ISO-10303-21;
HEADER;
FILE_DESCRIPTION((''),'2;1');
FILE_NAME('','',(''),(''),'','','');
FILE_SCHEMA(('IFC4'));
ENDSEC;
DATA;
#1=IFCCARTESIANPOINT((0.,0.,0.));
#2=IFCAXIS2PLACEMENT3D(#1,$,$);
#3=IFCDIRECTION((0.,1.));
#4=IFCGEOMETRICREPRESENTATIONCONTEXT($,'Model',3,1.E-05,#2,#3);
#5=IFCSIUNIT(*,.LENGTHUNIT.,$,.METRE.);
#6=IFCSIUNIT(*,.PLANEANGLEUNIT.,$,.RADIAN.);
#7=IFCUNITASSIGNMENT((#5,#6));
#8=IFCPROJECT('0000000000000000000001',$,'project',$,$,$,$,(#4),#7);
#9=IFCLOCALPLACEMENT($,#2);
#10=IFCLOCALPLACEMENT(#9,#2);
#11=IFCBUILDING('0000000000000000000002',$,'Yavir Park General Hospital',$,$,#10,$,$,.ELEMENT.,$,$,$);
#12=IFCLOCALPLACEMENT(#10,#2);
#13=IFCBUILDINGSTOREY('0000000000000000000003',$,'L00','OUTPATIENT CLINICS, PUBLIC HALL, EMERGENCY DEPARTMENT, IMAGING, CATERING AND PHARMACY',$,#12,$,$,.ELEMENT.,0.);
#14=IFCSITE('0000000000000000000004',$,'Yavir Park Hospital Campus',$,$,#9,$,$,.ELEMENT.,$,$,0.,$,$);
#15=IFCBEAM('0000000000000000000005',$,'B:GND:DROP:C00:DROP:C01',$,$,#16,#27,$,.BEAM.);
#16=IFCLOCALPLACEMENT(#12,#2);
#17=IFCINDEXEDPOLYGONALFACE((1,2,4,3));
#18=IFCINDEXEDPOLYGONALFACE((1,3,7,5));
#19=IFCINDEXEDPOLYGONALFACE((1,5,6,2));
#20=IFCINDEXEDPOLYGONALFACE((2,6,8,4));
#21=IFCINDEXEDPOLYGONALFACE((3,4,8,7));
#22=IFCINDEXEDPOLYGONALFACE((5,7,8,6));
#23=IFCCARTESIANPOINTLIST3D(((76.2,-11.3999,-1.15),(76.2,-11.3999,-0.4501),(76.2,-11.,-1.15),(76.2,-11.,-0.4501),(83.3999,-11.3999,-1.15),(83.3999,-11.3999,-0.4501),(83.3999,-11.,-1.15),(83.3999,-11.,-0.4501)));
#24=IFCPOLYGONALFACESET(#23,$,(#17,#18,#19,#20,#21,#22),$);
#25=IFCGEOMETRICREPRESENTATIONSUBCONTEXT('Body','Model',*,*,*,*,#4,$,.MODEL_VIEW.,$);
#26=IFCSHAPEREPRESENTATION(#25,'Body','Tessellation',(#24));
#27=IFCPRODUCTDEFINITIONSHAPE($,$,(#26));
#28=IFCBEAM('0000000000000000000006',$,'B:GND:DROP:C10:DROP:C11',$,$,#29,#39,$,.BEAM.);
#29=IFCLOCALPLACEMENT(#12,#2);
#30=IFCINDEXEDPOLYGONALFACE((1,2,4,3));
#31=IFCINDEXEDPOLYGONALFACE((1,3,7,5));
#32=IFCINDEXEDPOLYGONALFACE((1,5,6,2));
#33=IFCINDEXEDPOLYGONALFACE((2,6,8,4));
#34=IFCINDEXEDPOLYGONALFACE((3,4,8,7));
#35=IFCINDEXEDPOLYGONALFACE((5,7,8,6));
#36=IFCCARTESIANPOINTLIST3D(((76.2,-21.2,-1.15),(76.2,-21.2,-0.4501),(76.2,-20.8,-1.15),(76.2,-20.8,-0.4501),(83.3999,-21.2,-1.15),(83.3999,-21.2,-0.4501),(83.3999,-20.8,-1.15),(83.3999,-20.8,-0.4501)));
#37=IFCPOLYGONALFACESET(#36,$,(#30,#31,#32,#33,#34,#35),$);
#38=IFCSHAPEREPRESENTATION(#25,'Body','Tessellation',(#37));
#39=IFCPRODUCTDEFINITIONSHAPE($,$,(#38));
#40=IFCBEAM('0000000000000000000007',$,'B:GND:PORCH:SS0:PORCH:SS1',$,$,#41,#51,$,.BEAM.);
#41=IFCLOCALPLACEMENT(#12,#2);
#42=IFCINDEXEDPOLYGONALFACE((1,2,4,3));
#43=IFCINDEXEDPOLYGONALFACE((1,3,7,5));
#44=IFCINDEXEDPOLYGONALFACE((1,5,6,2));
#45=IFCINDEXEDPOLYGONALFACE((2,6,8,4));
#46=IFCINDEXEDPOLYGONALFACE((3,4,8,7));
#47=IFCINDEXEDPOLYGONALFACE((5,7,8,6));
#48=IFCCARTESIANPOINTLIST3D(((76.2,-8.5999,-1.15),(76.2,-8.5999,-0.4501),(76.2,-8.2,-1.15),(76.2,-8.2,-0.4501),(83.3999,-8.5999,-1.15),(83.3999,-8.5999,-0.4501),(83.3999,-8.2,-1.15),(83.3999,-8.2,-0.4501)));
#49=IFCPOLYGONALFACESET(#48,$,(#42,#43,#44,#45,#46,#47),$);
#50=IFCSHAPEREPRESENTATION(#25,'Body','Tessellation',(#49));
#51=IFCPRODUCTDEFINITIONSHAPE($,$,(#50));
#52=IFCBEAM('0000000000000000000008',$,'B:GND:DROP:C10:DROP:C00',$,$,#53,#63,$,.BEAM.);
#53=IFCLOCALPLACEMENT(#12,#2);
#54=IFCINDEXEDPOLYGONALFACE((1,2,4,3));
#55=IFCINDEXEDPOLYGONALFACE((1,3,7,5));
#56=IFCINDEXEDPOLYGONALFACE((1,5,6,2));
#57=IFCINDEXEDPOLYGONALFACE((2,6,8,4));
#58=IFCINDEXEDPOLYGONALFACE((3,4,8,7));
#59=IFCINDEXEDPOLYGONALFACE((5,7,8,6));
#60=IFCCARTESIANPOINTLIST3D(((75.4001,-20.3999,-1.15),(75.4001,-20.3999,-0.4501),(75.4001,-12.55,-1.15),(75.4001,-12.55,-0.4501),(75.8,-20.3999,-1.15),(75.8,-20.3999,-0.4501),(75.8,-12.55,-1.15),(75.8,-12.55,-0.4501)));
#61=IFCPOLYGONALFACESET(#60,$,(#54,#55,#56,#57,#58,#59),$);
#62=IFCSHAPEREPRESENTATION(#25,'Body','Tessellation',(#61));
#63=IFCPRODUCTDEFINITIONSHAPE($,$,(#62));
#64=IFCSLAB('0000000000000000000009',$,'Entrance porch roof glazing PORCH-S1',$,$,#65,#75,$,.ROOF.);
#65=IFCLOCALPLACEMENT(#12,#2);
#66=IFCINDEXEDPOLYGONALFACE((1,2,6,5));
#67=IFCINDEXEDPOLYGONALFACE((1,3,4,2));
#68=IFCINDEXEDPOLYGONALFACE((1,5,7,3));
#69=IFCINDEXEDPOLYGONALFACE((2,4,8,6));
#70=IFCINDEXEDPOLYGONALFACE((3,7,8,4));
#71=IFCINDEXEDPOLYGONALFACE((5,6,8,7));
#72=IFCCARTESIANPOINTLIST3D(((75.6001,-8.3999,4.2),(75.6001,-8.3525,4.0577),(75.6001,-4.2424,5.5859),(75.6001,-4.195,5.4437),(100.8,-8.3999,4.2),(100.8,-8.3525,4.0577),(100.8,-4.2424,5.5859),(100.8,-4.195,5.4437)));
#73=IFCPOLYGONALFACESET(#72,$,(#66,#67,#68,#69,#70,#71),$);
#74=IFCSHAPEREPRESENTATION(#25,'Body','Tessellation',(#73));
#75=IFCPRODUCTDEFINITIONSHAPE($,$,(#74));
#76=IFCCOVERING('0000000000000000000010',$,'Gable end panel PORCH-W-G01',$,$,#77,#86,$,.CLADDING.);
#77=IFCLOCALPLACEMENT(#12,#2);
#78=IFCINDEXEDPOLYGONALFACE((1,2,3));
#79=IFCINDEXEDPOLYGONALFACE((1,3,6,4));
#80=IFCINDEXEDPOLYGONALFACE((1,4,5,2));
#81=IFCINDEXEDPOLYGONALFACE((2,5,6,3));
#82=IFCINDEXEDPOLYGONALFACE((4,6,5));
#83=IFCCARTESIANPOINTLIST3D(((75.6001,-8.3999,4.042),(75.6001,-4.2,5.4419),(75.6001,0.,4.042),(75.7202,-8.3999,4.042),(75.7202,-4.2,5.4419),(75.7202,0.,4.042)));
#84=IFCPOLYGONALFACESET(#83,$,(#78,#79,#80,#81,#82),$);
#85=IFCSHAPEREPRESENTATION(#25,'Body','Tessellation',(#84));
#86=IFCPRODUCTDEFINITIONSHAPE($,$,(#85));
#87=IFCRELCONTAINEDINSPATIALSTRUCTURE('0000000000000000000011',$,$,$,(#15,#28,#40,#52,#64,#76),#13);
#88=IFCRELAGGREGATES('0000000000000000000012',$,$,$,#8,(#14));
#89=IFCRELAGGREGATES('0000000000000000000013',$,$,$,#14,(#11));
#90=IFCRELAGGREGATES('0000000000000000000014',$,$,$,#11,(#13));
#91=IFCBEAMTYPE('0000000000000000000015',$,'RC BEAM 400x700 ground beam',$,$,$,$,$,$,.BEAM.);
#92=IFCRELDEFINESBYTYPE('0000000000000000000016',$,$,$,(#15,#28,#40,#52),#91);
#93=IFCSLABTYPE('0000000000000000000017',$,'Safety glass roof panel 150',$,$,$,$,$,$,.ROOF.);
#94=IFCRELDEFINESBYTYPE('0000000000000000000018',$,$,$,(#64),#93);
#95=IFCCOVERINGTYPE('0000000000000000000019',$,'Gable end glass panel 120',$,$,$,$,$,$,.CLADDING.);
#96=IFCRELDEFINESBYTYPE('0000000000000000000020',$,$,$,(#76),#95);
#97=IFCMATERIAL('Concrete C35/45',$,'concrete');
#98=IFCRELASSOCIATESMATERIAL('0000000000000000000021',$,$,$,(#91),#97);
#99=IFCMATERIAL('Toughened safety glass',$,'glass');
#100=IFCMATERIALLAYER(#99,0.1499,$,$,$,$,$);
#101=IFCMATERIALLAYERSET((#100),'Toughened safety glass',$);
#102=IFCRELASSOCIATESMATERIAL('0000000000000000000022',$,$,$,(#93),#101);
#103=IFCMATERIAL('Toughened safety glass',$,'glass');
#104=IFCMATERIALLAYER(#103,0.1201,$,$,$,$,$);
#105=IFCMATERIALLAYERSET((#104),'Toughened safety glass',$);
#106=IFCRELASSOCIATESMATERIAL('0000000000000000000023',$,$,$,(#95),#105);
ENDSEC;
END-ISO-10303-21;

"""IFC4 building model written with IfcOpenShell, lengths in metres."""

from ifc_helpers import new_model, si_unit, direction, frame, origin, origin_2d, place, context, subcontext, project, spatial, polyline, rectangle, outline, extrude, material, layer, layer_set, material_profile, profile_set, type_object, element, save


model = new_model("IFC4")

# Units and contexts
model_context = context("Model", 3, precision=1e-05, world=origin(), true_north=direction((0.0, 1.0)))
body_context = subcontext(model_context, "Body", "Model", "MODEL_VIEW")
ifc_project = project(units=[si_unit("LENGTHUNIT", "METRE"), si_unit("PLANEANGLEUNIT", "RADIAN")], contexts=[model_context])

# Site, building, storey
site_placement = place(None, origin())
site = spatial("IfcSite", under=ifc_project, at=site_placement, Name="Yavir Park Hospital Campus", CompositionType="ELEMENT", RefElevation=0.0)
building_placement = place(site_placement, origin())
building = spatial("IfcBuilding", under=site, at=building_placement, Name="Yavir Park General Hospital", CompositionType="ELEMENT")
storey_placement = place(building_placement, origin())
storey = spatial("IfcBuildingStorey", under=building, at=storey_placement, Name="L00", Description="OUTPATIENT CLINICS, PUBLIC HALL, EMERGENCY DEPARTMENT, IMAGING, CATERING AND PHARMACY", CompositionType="ELEMENT", Elevation=0.0)

# Beams
ifc_material_1 = material(Name="Concrete C35/45", Category="concrete")
ifc_material_profile_1 = material_profile(ifc_material_1, rectangle(XDim=0.3999, YDim=0.7, at=origin_2d()), Name="RC400x700")
ifc_profile_set_1 = profile_set([ifc_material_profile_1], Name="Concrete C35/45")
beam_type_1 = type_object("IfcBeamType", Name="RC BEAM 400x700 ground beam", PredefinedType="BEAM", material=ifc_profile_set_1)
for number, where, z_axis, x_axis, name in (
    (1, (76.2, -11.2, -0.8), (1.0, 0.0, 0.0), (0.0, 1.0, 0.0), "B:GND:DROP:C00:DROP:C01"),
    (2, (76.2, -21.0, -0.8), (1.0, 0.0, 0.0), (0.0, 1.0, 0.0), "B:GND:DROP:C10:DROP:C11"),
    (3, (76.2, -8.3999, -0.8), (1.0, 0.0, 0.0), (0.0, 1.0, 0.0), "B:GND:PORCH:SS0:PORCH:SS1"),
):
    element("IfcBeam", number, at=place(storey_placement, frame(where, z_axis=z_axis, x_axis=x_axis)), inside=storey, type_object=beam_type_1, Name=name, PredefinedType="BEAM", context=body_context, shape_type="SweptSolid", body=[
        extrude(rectangle(XDim=0.3999, YDim=0.7, at=origin_2d()), origin(), (0.0, 0.0, 1.0), 7.2),
    ])
beam_1_placement = place(storey_placement, frame((75.6001, -20.3999, -0.8), z_axis=(0.0, 1.0, 0.0), x_axis=(-1.0, 0.0, 0.0)))
element("IfcBeam", 4, at=beam_1_placement, inside=storey, type_object=beam_type_1, Name="B:GND:DROP:C10:DROP:C00", PredefinedType="BEAM", context=body_context, shape_type="SweptSolid", body=[
    extrude(rectangle(XDim=0.3999, YDim=0.7, at=origin_2d()), origin(), (0.0, 0.0, 1.0), 7.8499),
])

# Slab
ifc_material_2 = material(Name="Toughened safety glass", Category="glass")
ifc_layer_1 = layer(ifc_material_2, 0.1499)
ifc_layer_set_1 = layer_set([ifc_layer_1], Name="Toughened safety glass")
slab_type = type_object("IfcSlabType", Name="Safety glass roof panel 150", PredefinedType="ROOF", material=ifc_layer_set_1)
slab_placement = place(storey_placement, frame((75.6001, -8.3999, 4.2), z_axis=(0.0, -0.316261, 0.948672), x_axis=(1.0, 0.0, 0.0)))
element("IfcSlab", 5, at=slab_placement, inside=storey, type_object=slab_type, Name="Entrance porch roof glazing PORCH-S1", PredefinedType="ROOF", context=body_context, shape_type="SweptSolid", body=[
    extrude(outline(polyline([(0.0, 0.0), (25.2, 0.0), (25.2, 4.3824), (0.0, 4.3824), (0.0, 0.0)])), origin(), (0.0, 0.0, -1.0), 0.1499),
])

# Covering
ifc_material_3 = material(Name="Toughened safety glass", Category="glass")
ifc_layer_2 = layer(ifc_material_3, 0.1201)
ifc_layer_set_2 = layer_set([ifc_layer_2], Name="Toughened safety glass")
covering_type = type_object("IfcCoveringType", Name="Gable end glass panel 120", PredefinedType="CLADDING", material=ifc_layer_set_2)
covering_placement = place(storey_placement, frame((75.6001, -8.3999, 4.042), z_axis=(-1.0, 0.0, 0.0), x_axis=(0.0, 1.0, 0.0)))
element("IfcCovering", 6, at=covering_placement, inside=storey, type_object=covering_type, Name="Gable end panel PORCH-W-G01", PredefinedType="CLADDING", context=body_context, shape_type="SweptSolid", body=[
    extrude(outline(polyline([(0.0, 0.0), (8.3999, 0.0), (4.2, -1.3999), (0.0, 0.0)])), origin(), (0.0, 0.0, -1.0), 0.1201),
])

save(model, "model.ifc")
